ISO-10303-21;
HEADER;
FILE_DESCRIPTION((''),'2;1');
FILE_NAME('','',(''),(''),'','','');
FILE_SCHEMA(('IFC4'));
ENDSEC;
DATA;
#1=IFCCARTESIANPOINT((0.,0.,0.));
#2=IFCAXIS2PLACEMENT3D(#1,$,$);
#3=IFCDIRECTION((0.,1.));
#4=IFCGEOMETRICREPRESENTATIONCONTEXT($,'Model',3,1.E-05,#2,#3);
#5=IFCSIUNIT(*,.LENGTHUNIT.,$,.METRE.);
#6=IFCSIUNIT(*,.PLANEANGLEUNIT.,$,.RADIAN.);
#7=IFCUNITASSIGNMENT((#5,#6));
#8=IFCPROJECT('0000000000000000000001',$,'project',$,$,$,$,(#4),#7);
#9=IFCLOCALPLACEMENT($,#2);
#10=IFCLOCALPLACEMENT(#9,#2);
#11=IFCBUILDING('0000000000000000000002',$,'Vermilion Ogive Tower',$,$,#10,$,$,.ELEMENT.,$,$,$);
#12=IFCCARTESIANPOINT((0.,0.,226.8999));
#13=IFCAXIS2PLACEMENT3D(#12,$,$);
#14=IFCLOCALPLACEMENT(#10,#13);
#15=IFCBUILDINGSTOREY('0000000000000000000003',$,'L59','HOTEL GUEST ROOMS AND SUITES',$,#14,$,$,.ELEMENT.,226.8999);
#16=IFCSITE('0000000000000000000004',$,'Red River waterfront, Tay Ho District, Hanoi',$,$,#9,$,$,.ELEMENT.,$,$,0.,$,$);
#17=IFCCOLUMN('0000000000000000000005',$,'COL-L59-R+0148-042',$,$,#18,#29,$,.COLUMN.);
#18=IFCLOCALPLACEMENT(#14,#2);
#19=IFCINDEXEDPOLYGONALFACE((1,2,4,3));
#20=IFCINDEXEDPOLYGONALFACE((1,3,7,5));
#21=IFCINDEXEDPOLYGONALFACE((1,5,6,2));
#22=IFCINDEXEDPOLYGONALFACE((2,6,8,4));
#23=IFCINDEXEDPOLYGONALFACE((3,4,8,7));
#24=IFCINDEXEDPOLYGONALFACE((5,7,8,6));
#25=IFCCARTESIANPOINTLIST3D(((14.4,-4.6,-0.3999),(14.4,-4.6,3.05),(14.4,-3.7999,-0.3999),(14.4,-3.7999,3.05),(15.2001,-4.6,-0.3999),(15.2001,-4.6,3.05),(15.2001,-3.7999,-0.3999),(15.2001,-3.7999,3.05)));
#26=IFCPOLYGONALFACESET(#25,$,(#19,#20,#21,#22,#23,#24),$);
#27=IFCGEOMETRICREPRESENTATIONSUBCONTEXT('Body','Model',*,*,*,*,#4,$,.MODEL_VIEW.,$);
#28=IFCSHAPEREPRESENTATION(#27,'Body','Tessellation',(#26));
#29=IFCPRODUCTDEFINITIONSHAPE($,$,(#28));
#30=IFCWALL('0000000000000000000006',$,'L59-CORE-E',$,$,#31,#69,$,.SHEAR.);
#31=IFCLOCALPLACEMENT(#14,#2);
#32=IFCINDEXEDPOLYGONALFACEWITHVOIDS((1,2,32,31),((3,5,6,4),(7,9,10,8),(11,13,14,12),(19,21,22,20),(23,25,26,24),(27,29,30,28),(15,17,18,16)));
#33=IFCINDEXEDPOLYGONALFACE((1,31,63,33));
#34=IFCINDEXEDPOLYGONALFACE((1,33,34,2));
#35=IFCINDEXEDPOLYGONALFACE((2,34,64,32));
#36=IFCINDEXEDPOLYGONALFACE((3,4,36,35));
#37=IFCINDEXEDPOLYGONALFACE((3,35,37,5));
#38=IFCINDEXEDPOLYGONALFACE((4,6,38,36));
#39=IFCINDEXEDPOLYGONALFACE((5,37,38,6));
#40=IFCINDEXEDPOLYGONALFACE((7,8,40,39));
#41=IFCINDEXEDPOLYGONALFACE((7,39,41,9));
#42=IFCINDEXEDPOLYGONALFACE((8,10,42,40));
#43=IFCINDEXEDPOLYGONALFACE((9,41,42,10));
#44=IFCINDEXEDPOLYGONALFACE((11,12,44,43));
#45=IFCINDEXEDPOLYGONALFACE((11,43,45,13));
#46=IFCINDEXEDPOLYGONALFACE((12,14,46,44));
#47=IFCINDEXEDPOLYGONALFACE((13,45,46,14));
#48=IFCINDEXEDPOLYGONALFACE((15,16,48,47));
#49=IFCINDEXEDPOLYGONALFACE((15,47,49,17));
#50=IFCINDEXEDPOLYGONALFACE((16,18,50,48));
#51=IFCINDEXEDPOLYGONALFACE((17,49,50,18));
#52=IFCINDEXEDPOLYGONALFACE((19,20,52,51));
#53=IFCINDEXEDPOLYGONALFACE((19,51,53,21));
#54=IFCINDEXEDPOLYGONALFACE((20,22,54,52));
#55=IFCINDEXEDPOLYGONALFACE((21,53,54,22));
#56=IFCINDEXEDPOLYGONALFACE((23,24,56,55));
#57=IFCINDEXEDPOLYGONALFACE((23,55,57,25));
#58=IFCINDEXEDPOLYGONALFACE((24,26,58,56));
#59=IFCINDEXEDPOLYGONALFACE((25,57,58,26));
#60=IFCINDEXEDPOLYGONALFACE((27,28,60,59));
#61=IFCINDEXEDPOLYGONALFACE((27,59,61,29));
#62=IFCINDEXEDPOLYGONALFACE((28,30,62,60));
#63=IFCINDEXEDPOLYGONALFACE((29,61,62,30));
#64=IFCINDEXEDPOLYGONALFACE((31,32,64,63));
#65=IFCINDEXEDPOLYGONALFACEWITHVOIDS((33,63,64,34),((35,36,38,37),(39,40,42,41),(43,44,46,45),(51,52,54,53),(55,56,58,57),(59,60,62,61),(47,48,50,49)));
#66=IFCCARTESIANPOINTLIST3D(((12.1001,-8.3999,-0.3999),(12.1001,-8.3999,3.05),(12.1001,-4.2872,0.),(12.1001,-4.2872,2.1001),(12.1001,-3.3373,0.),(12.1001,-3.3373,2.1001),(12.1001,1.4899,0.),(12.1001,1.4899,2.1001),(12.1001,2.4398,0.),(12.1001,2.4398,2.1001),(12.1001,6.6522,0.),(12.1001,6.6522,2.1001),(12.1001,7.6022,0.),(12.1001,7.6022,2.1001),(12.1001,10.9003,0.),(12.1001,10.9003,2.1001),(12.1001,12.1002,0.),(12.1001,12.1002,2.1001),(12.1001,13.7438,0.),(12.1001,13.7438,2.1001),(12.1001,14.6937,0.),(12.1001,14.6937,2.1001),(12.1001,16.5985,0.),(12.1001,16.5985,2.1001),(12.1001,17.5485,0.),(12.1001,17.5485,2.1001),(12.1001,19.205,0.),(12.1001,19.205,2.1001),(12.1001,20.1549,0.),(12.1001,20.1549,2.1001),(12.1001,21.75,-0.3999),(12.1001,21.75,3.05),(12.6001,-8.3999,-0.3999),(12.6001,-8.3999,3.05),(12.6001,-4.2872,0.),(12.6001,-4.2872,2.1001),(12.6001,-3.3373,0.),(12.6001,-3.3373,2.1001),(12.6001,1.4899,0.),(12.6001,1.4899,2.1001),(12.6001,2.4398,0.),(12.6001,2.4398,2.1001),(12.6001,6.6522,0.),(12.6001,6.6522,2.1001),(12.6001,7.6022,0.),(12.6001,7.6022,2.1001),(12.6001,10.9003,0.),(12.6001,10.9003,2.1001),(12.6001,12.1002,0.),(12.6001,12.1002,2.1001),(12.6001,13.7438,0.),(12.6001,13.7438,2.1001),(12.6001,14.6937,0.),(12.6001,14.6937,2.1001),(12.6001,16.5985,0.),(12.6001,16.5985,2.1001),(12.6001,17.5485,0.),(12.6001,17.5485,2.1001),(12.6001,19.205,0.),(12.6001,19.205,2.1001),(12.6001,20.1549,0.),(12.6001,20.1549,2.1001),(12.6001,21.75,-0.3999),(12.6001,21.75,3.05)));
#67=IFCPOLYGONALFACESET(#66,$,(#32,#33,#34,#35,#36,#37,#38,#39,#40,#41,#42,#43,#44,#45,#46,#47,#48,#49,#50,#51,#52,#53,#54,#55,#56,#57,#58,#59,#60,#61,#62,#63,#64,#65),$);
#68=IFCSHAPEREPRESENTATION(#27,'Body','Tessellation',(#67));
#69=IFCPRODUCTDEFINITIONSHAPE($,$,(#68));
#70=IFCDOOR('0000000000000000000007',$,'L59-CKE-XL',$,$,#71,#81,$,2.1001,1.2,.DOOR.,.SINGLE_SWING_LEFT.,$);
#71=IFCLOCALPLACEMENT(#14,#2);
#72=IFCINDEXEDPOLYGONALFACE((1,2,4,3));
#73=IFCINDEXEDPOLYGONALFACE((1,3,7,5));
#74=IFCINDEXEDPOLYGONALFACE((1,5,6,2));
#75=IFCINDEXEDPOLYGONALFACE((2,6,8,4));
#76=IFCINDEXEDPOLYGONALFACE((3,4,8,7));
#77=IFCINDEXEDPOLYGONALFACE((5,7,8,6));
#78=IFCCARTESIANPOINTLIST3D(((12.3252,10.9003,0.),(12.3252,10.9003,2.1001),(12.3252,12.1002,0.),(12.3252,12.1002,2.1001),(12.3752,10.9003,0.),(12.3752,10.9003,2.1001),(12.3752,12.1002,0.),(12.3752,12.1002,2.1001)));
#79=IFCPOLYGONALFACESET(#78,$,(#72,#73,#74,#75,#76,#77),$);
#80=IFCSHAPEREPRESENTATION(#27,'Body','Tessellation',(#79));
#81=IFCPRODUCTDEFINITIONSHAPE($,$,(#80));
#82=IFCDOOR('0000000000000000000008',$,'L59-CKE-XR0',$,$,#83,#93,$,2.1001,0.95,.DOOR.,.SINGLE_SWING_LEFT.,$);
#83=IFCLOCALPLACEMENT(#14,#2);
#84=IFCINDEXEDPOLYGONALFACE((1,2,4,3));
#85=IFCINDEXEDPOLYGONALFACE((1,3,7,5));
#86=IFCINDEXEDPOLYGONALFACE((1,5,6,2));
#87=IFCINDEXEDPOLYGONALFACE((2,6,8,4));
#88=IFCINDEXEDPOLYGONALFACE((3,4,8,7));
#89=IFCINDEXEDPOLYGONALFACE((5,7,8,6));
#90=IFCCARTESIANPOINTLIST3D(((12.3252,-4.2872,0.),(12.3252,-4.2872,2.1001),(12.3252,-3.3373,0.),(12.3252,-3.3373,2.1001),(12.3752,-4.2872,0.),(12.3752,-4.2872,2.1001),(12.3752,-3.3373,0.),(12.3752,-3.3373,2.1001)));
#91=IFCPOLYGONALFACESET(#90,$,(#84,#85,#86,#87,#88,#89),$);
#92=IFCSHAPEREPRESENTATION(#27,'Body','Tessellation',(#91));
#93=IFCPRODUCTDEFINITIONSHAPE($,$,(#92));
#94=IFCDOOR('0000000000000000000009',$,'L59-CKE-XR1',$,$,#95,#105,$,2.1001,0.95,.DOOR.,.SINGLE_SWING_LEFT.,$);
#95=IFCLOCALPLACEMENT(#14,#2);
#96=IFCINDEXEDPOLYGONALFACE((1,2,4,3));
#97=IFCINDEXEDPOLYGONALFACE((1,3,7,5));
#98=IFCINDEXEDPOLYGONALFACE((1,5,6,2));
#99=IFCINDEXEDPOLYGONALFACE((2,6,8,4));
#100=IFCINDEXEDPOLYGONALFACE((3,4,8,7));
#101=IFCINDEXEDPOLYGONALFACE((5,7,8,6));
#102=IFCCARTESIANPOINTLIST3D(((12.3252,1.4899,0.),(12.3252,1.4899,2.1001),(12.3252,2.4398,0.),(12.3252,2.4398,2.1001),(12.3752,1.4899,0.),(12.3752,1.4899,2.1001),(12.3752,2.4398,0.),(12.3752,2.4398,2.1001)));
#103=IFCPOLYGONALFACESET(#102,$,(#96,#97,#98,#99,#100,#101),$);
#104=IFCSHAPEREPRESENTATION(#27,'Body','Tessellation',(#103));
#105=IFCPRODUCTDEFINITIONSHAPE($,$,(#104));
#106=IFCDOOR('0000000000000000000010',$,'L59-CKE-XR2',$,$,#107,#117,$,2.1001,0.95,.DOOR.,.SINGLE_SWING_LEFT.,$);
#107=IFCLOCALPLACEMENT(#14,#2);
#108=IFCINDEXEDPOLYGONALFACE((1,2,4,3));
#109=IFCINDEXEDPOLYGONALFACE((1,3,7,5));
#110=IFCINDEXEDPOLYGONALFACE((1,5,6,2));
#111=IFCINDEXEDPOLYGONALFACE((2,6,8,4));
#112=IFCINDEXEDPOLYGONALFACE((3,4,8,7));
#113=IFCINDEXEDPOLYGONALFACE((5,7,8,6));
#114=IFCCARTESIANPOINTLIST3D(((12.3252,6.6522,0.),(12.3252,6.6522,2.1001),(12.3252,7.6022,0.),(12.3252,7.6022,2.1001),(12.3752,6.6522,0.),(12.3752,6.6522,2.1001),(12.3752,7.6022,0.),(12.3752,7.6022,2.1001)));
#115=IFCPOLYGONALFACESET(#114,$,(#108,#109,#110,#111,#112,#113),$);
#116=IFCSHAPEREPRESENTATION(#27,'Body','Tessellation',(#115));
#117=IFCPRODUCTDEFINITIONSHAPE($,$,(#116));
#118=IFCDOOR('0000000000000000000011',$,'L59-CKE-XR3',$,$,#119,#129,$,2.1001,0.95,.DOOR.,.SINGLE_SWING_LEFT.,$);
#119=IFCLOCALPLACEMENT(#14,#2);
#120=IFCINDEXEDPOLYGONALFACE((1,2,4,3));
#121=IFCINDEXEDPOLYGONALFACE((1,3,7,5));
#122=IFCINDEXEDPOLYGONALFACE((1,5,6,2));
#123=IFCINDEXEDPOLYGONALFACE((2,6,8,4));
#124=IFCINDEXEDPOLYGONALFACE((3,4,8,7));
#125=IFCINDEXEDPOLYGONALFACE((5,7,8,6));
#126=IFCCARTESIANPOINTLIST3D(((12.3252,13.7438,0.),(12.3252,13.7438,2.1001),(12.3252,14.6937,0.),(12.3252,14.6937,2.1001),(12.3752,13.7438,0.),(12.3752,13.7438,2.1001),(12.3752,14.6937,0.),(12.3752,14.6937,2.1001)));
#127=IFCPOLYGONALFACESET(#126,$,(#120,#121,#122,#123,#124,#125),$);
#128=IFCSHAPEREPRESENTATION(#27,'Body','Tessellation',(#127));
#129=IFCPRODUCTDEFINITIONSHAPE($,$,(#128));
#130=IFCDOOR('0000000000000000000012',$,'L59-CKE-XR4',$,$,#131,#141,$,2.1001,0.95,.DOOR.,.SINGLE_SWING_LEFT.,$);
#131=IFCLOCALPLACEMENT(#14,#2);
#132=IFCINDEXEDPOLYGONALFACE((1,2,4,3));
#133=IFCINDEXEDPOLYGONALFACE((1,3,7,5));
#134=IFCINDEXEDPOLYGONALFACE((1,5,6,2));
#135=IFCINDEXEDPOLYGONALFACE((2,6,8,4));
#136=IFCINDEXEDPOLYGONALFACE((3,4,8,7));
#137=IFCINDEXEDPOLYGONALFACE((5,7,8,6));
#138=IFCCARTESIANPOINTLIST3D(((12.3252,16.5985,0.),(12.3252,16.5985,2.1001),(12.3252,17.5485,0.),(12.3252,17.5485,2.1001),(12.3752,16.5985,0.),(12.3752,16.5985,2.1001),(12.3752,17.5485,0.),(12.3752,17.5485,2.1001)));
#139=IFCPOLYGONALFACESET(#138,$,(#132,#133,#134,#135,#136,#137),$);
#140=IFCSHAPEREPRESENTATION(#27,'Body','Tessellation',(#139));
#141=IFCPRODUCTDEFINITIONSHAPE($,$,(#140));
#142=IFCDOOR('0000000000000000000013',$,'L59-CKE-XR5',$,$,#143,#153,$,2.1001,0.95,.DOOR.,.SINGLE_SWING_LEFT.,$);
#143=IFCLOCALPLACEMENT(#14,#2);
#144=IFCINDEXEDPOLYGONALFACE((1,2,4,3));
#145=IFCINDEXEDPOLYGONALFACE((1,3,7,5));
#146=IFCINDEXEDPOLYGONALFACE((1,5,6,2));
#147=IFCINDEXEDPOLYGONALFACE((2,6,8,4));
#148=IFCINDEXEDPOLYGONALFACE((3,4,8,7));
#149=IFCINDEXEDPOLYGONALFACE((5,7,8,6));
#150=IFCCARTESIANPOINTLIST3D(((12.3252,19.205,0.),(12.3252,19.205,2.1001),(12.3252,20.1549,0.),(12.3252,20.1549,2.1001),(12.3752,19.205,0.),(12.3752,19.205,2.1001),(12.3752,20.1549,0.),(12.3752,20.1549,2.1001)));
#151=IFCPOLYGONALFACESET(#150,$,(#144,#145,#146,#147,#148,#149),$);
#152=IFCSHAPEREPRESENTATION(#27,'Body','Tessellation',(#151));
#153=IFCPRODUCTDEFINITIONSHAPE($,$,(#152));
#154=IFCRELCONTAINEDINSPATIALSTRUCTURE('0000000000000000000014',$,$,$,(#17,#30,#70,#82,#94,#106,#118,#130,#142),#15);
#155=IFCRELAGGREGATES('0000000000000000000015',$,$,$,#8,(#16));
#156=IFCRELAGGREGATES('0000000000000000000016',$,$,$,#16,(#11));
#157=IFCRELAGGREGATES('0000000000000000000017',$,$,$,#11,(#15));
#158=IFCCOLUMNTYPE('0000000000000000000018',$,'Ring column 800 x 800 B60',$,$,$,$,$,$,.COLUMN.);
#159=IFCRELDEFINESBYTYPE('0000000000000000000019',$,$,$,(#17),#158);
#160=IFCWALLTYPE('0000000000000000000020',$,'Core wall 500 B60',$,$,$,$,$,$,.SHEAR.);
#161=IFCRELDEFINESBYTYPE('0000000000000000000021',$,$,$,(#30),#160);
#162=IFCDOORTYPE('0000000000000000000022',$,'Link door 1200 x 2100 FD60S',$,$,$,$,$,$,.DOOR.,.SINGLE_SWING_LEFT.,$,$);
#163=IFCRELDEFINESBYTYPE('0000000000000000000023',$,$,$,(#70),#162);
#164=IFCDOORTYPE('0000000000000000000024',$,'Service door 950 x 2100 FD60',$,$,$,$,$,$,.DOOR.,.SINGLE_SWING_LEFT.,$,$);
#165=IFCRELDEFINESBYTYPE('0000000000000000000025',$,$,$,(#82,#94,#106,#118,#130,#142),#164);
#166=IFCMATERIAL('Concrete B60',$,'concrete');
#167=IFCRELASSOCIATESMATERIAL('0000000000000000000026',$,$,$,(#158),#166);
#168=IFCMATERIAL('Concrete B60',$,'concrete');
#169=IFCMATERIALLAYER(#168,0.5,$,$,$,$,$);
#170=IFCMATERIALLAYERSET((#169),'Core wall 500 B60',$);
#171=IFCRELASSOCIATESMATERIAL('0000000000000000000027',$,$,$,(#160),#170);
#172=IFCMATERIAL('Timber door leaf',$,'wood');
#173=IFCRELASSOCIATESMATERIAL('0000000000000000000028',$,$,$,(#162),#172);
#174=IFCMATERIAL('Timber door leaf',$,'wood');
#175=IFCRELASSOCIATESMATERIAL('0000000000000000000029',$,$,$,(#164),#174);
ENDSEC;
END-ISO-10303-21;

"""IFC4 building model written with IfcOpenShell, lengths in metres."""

from ifc_helpers import new_model, si_unit, direction, frame, frame_2d, origin, origin_2d, place, context, subcontext, project, spatial, rectangle, extrude, material, layer, layer_set, material_profile, profile_set, type_object, element, fill, save


model = new_model("IFC4")

# Units and contexts
model_context = context("Model", 3, precision=1e-05, world=origin(), true_north=direction((0.0, 1.0)))
body_context = subcontext(model_context, "Body", "Model", "MODEL_VIEW")
ifc_project = project(units=[si_unit("LENGTHUNIT", "METRE"), si_unit("PLANEANGLEUNIT", "RADIAN")], contexts=[model_context])

# Site, building, storey
site_placement = place(None, origin())
site = spatial("IfcSite", under=ifc_project, at=site_placement, Name="Red River waterfront, Tay Ho District, Hanoi", CompositionType="ELEMENT", RefElevation=0.0)
building_placement = place(site_placement, origin())
building = spatial("IfcBuilding", under=site, at=building_placement, Name="Vermilion Ogive Tower", CompositionType="ELEMENT")
storey_placement = place(building_placement, frame((0.0, 0.0, 226.8999)))
storey = spatial("IfcBuildingStorey", under=building, at=storey_placement, Name="L59", Description="HOTEL GUEST ROOMS AND SUITES", CompositionType="ELEMENT", Elevation=226.8999)

# Column
ifc_material_1 = material(Name="Concrete B60", Category="concrete")
ifc_material_profile = material_profile(ifc_material_1, rectangle(XDim=0.8, YDim=0.8, at=origin_2d()), Name="800 x 800")
ifc_profile_set = profile_set([ifc_material_profile], Name="Concrete B60")
column_type = type_object("IfcColumnType", Name="Ring column 800 x 800 B60", PredefinedType="COLUMN", material=ifc_profile_set)
column_placement = place(storey_placement, frame((14.8, -4.2, -0.3999), z_axis=(0.0, 0.0, 1.0), x_axis=(1.0, 0.0, 0.0)))
element("IfcColumn", 1, at=column_placement, inside=storey, type_object=column_type, Name="COL-L59-R+0148-042", PredefinedType="COLUMN", context=body_context, shape_type="SweptSolid", body=[
    extrude(rectangle(XDim=0.8, YDim=0.8, at=origin_2d()), origin(), (0.0, 0.0, 1.0), 3.45),
])

# Wall, openings, doors
ifc_material_2 = material(Name="Concrete B60", Category="concrete")
ifc_layer_1 = layer(ifc_material_2, 0.5)
ifc_layer_set_1 = layer_set([ifc_layer_1], Name="Core wall 500 B60")
wall_type_1 = type_object("IfcWallType", Name="Core wall 500 B60", PredefinedType="SHEAR", material=ifc_layer_set_1)
wall_1_placement = place(storey_placement, frame((12.3501, -8.3999, -0.3999), z_axis=(0.0, 0.0, 1.0), x_axis=(0.0, 1.0, 0.0)))
wall_1 = element("IfcWall", 2, at=wall_1_placement, inside=storey, type_object=wall_type_1, Name="L59-CORE-E", PredefinedType="SHEAR", context=body_context, shape_type="SweptSolid", body=[
    extrude(rectangle(XDim=30.1499, YDim=0.5, at=frame_2d((15.075, 0.0))), origin(), (0.0, 0.0, 1.0), 3.45),
])
opening_1_placement = place(wall_1_placement, frame((4.1125, 0.0, 0.3999)))
opening_1 = element("IfcOpeningElement", 3, at=opening_1_placement, cuts=wall_1, PredefinedType="OPENING", context=body_context, shape_type="SweptSolid", body=[
    extrude(rectangle(XDim=0.95, YDim=2.1001, at=frame_2d((0.4751, 1.05))), frame((0.0, 0.26, 0.0), z_axis=(0.0, -1.0, 0.0), x_axis=(1.0, 0.0, 0.0)), (0.0, 0.0, 1.0), 0.52),
])
opening_2_placement = place(wall_1_placement, frame((9.8896, 0.0, 0.3999)))
opening_2 = element("IfcOpeningElement", 4, at=opening_2_placement, cuts=wall_1, PredefinedType="OPENING", context=body_context, shape_type="SweptSolid", body=[
    extrude(rectangle(XDim=0.95, YDim=2.1001, at=frame_2d((0.4751, 1.05))), frame((0.0, 0.26, 0.0), z_axis=(0.0, -1.0, 0.0), x_axis=(1.0, 0.0, 0.0)), (0.0, 0.0, 1.0), 0.52),
])
opening_3_placement = place(wall_1_placement, frame((15.052, 0.0, 0.3999)))
opening_3 = element("IfcOpeningElement", 5, at=opening_3_placement, cuts=wall_1, PredefinedType="OPENING", context=body_context, shape_type="SweptSolid", body=[
    extrude(rectangle(XDim=0.95, YDim=2.1001, at=frame_2d((0.4751, 1.05))), frame((0.0, 0.26, 0.0), z_axis=(0.0, -1.0, 0.0), x_axis=(1.0, 0.0, 0.0)), (0.0, 0.0, 1.0), 0.52),
])
opening_4_placement = place(wall_1_placement, frame((22.1436, 0.0, 0.3999)))
opening_4 = element("IfcOpeningElement", 6, at=opening_4_placement, cuts=wall_1, PredefinedType="OPENING", context=body_context, shape_type="SweptSolid", body=[
    extrude(rectangle(XDim=0.95, YDim=2.1001, at=frame_2d((0.4751, 1.05))), frame((0.0, 0.26, 0.0), z_axis=(0.0, -1.0, 0.0), x_axis=(1.0, 0.0, 0.0)), (0.0, 0.0, 1.0), 0.52),
])
opening_5_placement = place(wall_1_placement, frame((24.9983, 0.0, 0.3999)))
opening_5 = element("IfcOpeningElement", 7, at=opening_5_placement, cuts=wall_1, PredefinedType="OPENING", context=body_context, shape_type="SweptSolid", body=[
    extrude(rectangle(XDim=0.95, YDim=2.1001, at=frame_2d((0.4751, 1.05))), frame((0.0, 0.26, 0.0), z_axis=(0.0, -1.0, 0.0), x_axis=(1.0, 0.0, 0.0)), (0.0, 0.0, 1.0), 0.52),
])
opening_6_placement = place(wall_1_placement, frame((27.6047, 0.0, 0.3999)))
opening_6 = element("IfcOpeningElement", 8, at=opening_6_placement, cuts=wall_1, PredefinedType="OPENING", context=body_context, shape_type="SweptSolid", body=[
    extrude(rectangle(XDim=0.95, YDim=2.1001, at=frame_2d((0.4751, 1.05))), frame((0.0, 0.26, 0.0), z_axis=(0.0, -1.0, 0.0), x_axis=(1.0, 0.0, 0.0)), (0.0, 0.0, 1.0), 0.52),
])
opening_7_placement = place(wall_1_placement, frame((19.3, 0.0, 0.3999)))
opening_7 = element("IfcOpeningElement", 9, at=opening_7_placement, cuts=wall_1, PredefinedType="OPENING", context=body_context, shape_type="SweptSolid", body=[
    extrude(rectangle(XDim=1.2, YDim=2.1001, at=frame_2d((0.6001, 1.05))), frame((0.0, 0.26, 0.0), z_axis=(0.0, -1.0, 0.0), x_axis=(1.0, 0.0, 0.0)), (0.0, 0.0, 1.0), 0.52),
])
ifc_material_3 = material(Name="Timber door leaf", Category="wood")
door_type_1 = type_object("IfcDoorType", Name="Link door 1200 x 2100 FD60S", OperationType="SINGLE_SWING_LEFT", PredefinedType="DOOR", material=ifc_material_3)
door_1_placement = place(opening_7_placement, origin())
door_1 = element("IfcDoor", 10, at=door_1_placement, inside=storey, type_object=door_type_1, Name="L59-CKE-XL", OperationType="SINGLE_SWING_LEFT", OverallHeight=2.1001, OverallWidth=1.2, PredefinedType="DOOR", context=body_context, shape_type="SweptSolid", body=[
    extrude(rectangle(XDim=1.2, YDim=2.1001, at=frame_2d((0.6001, 1.05))), frame((0.0, 0.0249, 0.0), z_axis=(0.0, -1.0, 0.0), x_axis=(1.0, 0.0, 0.0)), (0.0, 0.0, 1.0), 0.05),
])
fill(opening_7, door_1)
ifc_material_4 = material(Name="Timber door leaf", Category="wood")
door_type_2 = type_object("IfcDoorType", Name="Service door 950 x 2100 FD60", OperationType="SINGLE_SWING_LEFT", PredefinedType="DOOR", material=ifc_material_4)
door_2_placement = place(opening_1_placement, origin())
door_2 = element("IfcDoor", 11, at=door_2_placement, inside=storey, type_object=door_type_2, Name="L59-CKE-XR0", OperationType="SINGLE_SWING_LEFT", OverallHeight=2.1001, OverallWidth=0.95, PredefinedType="DOOR", context=body_context, shape_type="SweptSolid", body=[
    extrude(rectangle(XDim=0.95, YDim=2.1001, at=frame_2d((0.4751, 1.05))), frame((0.0, 0.0249, 0.0), z_axis=(0.0, -1.0, 0.0), x_axis=(1.0, 0.0, 0.0)), (0.0, 0.0, 1.0), 0.05),
])
fill(opening_1, door_2)
door_3_placement = place(opening_2_placement, origin())
door_3 = element("IfcDoor", 12, at=door_3_placement, inside=storey, type_object=door_type_2, Name="L59-CKE-XR1", OperationType="SINGLE_SWING_LEFT", OverallHeight=2.1001, OverallWidth=0.95, PredefinedType="DOOR", context=body_context, shape_type="SweptSolid", body=[
    extrude(rectangle(XDim=0.95, YDim=2.1001, at=frame_2d((0.4751, 1.05))), frame((0.0, 0.0249, 0.0), z_axis=(0.0, -1.0, 0.0), x_axis=(1.0, 0.0, 0.0)), (0.0, 0.0, 1.0), 0.05),
])
fill(opening_2, door_3)
door_4_placement = place(opening_3_placement, origin())
door_4 = element("IfcDoor", 13, at=door_4_placement, inside=storey, type_object=door_type_2, Name="L59-CKE-XR2", OperationType="SINGLE_SWING_LEFT", OverallHeight=2.1001, OverallWidth=0.95, PredefinedType="DOOR", context=body_context, shape_type="SweptSolid", body=[
    extrude(rectangle(XDim=0.95, YDim=2.1001, at=frame_2d((0.4751, 1.05))), frame((0.0, 0.0249, 0.0), z_axis=(0.0, -1.0, 0.0), x_axis=(1.0, 0.0, 0.0)), (0.0, 0.0, 1.0), 0.05),
])
fill(opening_3, door_4)
door_5_placement = place(opening_4_placement, origin())
door_5 = element("IfcDoor", 14, at=door_5_placement, inside=storey, type_object=door_type_2, Name="L59-CKE-XR3", OperationType="SINGLE_SWING_LEFT", OverallHeight=2.1001, OverallWidth=0.95, PredefinedType="DOOR", context=body_context, shape_type="SweptSolid", body=[
    extrude(rectangle(XDim=0.95, YDim=2.1001, at=frame_2d((0.4751, 1.05))), frame((0.0, 0.0249, 0.0), z_axis=(0.0, -1.0, 0.0), x_axis=(1.0, 0.0, 0.0)), (0.0, 0.0, 1.0), 0.05),
])
fill(opening_4, door_5)
door_6_placement = place(opening_5_placement, origin())
door_6 = element("IfcDoor", 15, at=door_6_placement, inside=storey, type_object=door_type_2, Name="L59-CKE-XR4", OperationType="SINGLE_SWING_LEFT", OverallHeight=2.1001, OverallWidth=0.95, PredefinedType="DOOR", context=body_context, shape_type="SweptSolid", body=[
    extrude(rectangle(XDim=0.95, YDim=2.1001, at=frame_2d((0.4751, 1.05))), frame((0.0, 0.0249, 0.0), z_axis=(0.0, -1.0, 0.0), x_axis=(1.0, 0.0, 0.0)), (0.0, 0.0, 1.0), 0.05),
])
fill(opening_5, door_6)
door_7_placement = place(opening_6_placement, origin())
door_7 = element("IfcDoor", 16, at=door_7_placement, inside=storey, type_object=door_type_2, Name="L59-CKE-XR5", OperationType="SINGLE_SWING_LEFT", OverallHeight=2.1001, OverallWidth=0.95, PredefinedType="DOOR", context=body_context, shape_type="SweptSolid", body=[
    extrude(rectangle(XDim=0.95, YDim=2.1001, at=frame_2d((0.4751, 1.05))), frame((0.0, 0.0249, 0.0), z_axis=(0.0, -1.0, 0.0), x_axis=(1.0, 0.0, 0.0)), (0.0, 0.0, 1.0), 0.05),
])
fill(opening_6, door_7)

save(model, "model.ifc")
